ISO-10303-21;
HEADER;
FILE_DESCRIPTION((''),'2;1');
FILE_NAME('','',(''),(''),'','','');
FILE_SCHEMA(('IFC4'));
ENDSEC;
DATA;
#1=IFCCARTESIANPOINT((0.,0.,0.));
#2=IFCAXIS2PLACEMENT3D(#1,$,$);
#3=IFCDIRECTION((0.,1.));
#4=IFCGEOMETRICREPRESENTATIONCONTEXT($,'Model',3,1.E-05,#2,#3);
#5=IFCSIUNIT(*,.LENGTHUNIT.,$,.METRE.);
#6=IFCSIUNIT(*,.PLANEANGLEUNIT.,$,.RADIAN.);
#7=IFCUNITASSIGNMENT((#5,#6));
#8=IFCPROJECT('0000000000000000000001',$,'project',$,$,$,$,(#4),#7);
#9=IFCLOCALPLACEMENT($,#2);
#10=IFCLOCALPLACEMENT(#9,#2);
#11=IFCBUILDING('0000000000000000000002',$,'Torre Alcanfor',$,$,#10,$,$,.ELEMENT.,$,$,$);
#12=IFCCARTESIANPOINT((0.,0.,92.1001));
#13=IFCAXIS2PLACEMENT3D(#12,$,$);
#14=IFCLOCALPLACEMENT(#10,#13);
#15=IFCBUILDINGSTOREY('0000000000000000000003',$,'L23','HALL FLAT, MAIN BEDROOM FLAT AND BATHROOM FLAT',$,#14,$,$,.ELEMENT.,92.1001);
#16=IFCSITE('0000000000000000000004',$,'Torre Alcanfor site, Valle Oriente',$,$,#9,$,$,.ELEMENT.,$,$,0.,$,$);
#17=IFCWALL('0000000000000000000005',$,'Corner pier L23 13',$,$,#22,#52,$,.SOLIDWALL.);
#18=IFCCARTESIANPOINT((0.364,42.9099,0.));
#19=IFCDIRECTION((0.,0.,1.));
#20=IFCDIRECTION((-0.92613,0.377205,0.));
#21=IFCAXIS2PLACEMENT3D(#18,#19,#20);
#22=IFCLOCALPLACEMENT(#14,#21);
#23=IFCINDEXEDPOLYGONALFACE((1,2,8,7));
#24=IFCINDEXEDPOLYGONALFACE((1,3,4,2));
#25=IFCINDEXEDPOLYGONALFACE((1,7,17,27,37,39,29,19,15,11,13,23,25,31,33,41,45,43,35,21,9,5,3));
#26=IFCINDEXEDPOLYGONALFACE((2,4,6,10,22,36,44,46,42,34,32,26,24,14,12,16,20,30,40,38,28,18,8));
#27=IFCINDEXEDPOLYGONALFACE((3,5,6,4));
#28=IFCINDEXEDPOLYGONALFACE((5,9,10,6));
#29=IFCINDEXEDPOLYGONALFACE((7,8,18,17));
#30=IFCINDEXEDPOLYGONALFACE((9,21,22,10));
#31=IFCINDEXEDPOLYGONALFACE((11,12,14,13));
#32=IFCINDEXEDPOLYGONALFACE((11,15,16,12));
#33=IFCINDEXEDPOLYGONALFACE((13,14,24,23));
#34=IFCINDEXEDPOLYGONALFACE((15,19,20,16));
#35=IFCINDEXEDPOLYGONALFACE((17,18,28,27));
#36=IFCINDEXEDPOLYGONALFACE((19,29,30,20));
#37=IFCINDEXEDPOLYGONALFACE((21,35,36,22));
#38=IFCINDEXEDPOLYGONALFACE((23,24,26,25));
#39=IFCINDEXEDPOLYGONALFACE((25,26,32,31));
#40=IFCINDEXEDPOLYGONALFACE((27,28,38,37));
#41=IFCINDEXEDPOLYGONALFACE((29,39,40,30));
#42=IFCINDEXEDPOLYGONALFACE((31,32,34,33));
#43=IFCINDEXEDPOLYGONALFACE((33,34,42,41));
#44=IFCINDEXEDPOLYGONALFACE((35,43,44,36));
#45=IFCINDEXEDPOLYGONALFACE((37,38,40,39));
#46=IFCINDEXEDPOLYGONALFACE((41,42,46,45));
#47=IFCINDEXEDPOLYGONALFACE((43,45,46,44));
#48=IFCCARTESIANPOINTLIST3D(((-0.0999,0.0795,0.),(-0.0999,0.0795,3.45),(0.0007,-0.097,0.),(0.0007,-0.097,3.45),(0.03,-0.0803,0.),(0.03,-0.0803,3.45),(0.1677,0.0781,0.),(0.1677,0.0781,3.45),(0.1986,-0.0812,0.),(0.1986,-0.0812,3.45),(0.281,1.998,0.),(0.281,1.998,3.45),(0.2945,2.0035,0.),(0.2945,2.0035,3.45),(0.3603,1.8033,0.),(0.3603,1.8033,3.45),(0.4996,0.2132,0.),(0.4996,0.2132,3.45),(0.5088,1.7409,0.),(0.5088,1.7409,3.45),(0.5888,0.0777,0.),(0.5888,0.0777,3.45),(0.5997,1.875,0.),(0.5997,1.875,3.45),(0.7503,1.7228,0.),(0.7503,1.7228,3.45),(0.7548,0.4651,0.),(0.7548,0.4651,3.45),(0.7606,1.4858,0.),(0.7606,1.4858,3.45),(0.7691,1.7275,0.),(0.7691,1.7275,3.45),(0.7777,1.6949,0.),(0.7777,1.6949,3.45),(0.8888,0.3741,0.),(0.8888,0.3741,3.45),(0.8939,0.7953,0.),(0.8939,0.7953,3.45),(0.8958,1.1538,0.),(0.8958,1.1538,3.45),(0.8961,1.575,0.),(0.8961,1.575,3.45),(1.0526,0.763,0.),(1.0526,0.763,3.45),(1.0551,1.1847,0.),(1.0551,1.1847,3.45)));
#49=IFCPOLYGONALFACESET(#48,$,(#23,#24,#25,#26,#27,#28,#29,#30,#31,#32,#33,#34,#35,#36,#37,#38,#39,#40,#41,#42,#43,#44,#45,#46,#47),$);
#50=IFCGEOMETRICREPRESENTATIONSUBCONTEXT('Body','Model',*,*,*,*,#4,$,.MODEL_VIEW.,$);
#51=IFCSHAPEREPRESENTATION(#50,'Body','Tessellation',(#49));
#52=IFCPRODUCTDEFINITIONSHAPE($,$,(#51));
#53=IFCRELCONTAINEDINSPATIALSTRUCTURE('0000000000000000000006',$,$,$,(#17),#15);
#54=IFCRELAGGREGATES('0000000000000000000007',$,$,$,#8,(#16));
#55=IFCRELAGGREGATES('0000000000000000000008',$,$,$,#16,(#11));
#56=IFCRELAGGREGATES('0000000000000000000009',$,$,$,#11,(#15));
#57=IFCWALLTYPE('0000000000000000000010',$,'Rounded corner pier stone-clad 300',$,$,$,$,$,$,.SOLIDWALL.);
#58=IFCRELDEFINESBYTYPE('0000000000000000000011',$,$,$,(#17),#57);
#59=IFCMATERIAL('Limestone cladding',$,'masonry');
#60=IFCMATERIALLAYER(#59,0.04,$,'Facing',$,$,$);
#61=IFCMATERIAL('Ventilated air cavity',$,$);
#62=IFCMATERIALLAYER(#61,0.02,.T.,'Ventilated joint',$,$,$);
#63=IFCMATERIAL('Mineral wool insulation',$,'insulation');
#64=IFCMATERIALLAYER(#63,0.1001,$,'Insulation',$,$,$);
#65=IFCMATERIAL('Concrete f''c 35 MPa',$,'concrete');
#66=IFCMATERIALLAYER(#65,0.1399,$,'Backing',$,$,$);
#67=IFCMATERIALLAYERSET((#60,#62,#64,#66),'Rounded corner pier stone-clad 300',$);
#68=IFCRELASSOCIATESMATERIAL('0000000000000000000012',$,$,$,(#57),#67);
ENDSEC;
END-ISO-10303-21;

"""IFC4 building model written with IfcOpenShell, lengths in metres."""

from ifc_helpers import new_model, si_unit, direction, frame, origin, place, context, subcontext, project, spatial, polyline, outline, extrude, material, layer, layer_set, type_object, element, save


model = new_model("IFC4")

# Units and contexts
model_context = context("Model", 3, precision=1e-05, world=origin(), true_north=direction((0.0, 1.0)))
body_context = subcontext(model_context, "Body", "Model", "MODEL_VIEW")
ifc_project = project(units=[si_unit("LENGTHUNIT", "METRE"), si_unit("PLANEANGLEUNIT", "RADIAN")], contexts=[model_context])

# Site, building, storey
site_placement = place(None, origin())
site = spatial("IfcSite", under=ifc_project, at=site_placement, Name="Torre Alcanfor site, Valle Oriente", CompositionType="ELEMENT", RefElevation=0.0)
building_placement = place(site_placement, origin())
building = spatial("IfcBuilding", under=site, at=building_placement, Name="Torre Alcanfor", CompositionType="ELEMENT")
storey_placement = place(building_placement, frame((0.0, 0.0, 92.1001)))
storey = spatial("IfcBuildingStorey", under=building, at=storey_placement, Name="L23", Description="HALL FLAT, MAIN BEDROOM FLAT AND BATHROOM FLAT", CompositionType="ELEMENT", Elevation=92.1001)

# Shared definitions
ifc_material_1 = material(Name="Limestone cladding", Category="masonry")
ifc_material_2 = material(Name="Ventilated air cavity")
ifc_material_3 = material(Name="Mineral wool insulation", Category="insulation")
ifc_material_4 = material(Name="Concrete f'c 35 MPa", Category="concrete")

# Wall
ifc_layer_1 = layer(ifc_material_1, 0.04, Name="Facing")
ifc_layer_2 = layer(ifc_material_2, 0.02, ventilated=True, Name="Ventilated joint")
ifc_layer_3 = layer(ifc_material_3, 0.1001, Name="Insulation")
ifc_layer_4 = layer(ifc_material_4, 0.1399, Name="Backing")
ifc_layer_set_1 = layer_set([ifc_layer_1, ifc_layer_2, ifc_layer_3, ifc_layer_4], Name="Rounded corner pier stone-clad 300")
wall_type_1 = type_object("IfcWallType", Name="Rounded corner pier stone-clad 300", PredefinedType="SOLIDWALL", material=ifc_layer_set_1)
wall_1_placement = place(storey_placement, frame((0.364, 42.9099, 0.0), z_axis=(0.0, 0.0, 1.0), x_axis=(-0.92613, 0.377205, 0.0)))
element("IfcWall", 1, at=wall_1_placement, inside=storey, type_object=wall_type_1, Name="Corner pier L23 13", PredefinedType="SOLIDWALL", context=body_context, shape_type="SweptSolid", body=[
    extrude(outline(polyline([(0.3603, 1.8033), (0.5088, 1.7409), (0.7606, 1.4858), (0.8958, 1.1538), (0.8939, 0.7953), (0.7548, 0.4651), (0.4996, 0.2132), (0.1677, 0.0781), (-0.0999, 0.0795), (0.0007, -0.097), (0.03, -0.0803), (0.1986, -0.0812), (0.5888, 0.0777), (0.8888, 0.3741), (1.0526, 0.763), (1.0551, 1.1847), (0.8961, 1.575), (0.7777, 1.6949), (0.7691, 1.7275), (0.7503, 1.7228), (0.5997, 1.875), (0.2945, 2.0035), (0.281, 1.998), (0.3603, 1.8033)])), origin(), (0.0, 0.0, 1.0), 3.45),
])

save(model, "model.ifc")
